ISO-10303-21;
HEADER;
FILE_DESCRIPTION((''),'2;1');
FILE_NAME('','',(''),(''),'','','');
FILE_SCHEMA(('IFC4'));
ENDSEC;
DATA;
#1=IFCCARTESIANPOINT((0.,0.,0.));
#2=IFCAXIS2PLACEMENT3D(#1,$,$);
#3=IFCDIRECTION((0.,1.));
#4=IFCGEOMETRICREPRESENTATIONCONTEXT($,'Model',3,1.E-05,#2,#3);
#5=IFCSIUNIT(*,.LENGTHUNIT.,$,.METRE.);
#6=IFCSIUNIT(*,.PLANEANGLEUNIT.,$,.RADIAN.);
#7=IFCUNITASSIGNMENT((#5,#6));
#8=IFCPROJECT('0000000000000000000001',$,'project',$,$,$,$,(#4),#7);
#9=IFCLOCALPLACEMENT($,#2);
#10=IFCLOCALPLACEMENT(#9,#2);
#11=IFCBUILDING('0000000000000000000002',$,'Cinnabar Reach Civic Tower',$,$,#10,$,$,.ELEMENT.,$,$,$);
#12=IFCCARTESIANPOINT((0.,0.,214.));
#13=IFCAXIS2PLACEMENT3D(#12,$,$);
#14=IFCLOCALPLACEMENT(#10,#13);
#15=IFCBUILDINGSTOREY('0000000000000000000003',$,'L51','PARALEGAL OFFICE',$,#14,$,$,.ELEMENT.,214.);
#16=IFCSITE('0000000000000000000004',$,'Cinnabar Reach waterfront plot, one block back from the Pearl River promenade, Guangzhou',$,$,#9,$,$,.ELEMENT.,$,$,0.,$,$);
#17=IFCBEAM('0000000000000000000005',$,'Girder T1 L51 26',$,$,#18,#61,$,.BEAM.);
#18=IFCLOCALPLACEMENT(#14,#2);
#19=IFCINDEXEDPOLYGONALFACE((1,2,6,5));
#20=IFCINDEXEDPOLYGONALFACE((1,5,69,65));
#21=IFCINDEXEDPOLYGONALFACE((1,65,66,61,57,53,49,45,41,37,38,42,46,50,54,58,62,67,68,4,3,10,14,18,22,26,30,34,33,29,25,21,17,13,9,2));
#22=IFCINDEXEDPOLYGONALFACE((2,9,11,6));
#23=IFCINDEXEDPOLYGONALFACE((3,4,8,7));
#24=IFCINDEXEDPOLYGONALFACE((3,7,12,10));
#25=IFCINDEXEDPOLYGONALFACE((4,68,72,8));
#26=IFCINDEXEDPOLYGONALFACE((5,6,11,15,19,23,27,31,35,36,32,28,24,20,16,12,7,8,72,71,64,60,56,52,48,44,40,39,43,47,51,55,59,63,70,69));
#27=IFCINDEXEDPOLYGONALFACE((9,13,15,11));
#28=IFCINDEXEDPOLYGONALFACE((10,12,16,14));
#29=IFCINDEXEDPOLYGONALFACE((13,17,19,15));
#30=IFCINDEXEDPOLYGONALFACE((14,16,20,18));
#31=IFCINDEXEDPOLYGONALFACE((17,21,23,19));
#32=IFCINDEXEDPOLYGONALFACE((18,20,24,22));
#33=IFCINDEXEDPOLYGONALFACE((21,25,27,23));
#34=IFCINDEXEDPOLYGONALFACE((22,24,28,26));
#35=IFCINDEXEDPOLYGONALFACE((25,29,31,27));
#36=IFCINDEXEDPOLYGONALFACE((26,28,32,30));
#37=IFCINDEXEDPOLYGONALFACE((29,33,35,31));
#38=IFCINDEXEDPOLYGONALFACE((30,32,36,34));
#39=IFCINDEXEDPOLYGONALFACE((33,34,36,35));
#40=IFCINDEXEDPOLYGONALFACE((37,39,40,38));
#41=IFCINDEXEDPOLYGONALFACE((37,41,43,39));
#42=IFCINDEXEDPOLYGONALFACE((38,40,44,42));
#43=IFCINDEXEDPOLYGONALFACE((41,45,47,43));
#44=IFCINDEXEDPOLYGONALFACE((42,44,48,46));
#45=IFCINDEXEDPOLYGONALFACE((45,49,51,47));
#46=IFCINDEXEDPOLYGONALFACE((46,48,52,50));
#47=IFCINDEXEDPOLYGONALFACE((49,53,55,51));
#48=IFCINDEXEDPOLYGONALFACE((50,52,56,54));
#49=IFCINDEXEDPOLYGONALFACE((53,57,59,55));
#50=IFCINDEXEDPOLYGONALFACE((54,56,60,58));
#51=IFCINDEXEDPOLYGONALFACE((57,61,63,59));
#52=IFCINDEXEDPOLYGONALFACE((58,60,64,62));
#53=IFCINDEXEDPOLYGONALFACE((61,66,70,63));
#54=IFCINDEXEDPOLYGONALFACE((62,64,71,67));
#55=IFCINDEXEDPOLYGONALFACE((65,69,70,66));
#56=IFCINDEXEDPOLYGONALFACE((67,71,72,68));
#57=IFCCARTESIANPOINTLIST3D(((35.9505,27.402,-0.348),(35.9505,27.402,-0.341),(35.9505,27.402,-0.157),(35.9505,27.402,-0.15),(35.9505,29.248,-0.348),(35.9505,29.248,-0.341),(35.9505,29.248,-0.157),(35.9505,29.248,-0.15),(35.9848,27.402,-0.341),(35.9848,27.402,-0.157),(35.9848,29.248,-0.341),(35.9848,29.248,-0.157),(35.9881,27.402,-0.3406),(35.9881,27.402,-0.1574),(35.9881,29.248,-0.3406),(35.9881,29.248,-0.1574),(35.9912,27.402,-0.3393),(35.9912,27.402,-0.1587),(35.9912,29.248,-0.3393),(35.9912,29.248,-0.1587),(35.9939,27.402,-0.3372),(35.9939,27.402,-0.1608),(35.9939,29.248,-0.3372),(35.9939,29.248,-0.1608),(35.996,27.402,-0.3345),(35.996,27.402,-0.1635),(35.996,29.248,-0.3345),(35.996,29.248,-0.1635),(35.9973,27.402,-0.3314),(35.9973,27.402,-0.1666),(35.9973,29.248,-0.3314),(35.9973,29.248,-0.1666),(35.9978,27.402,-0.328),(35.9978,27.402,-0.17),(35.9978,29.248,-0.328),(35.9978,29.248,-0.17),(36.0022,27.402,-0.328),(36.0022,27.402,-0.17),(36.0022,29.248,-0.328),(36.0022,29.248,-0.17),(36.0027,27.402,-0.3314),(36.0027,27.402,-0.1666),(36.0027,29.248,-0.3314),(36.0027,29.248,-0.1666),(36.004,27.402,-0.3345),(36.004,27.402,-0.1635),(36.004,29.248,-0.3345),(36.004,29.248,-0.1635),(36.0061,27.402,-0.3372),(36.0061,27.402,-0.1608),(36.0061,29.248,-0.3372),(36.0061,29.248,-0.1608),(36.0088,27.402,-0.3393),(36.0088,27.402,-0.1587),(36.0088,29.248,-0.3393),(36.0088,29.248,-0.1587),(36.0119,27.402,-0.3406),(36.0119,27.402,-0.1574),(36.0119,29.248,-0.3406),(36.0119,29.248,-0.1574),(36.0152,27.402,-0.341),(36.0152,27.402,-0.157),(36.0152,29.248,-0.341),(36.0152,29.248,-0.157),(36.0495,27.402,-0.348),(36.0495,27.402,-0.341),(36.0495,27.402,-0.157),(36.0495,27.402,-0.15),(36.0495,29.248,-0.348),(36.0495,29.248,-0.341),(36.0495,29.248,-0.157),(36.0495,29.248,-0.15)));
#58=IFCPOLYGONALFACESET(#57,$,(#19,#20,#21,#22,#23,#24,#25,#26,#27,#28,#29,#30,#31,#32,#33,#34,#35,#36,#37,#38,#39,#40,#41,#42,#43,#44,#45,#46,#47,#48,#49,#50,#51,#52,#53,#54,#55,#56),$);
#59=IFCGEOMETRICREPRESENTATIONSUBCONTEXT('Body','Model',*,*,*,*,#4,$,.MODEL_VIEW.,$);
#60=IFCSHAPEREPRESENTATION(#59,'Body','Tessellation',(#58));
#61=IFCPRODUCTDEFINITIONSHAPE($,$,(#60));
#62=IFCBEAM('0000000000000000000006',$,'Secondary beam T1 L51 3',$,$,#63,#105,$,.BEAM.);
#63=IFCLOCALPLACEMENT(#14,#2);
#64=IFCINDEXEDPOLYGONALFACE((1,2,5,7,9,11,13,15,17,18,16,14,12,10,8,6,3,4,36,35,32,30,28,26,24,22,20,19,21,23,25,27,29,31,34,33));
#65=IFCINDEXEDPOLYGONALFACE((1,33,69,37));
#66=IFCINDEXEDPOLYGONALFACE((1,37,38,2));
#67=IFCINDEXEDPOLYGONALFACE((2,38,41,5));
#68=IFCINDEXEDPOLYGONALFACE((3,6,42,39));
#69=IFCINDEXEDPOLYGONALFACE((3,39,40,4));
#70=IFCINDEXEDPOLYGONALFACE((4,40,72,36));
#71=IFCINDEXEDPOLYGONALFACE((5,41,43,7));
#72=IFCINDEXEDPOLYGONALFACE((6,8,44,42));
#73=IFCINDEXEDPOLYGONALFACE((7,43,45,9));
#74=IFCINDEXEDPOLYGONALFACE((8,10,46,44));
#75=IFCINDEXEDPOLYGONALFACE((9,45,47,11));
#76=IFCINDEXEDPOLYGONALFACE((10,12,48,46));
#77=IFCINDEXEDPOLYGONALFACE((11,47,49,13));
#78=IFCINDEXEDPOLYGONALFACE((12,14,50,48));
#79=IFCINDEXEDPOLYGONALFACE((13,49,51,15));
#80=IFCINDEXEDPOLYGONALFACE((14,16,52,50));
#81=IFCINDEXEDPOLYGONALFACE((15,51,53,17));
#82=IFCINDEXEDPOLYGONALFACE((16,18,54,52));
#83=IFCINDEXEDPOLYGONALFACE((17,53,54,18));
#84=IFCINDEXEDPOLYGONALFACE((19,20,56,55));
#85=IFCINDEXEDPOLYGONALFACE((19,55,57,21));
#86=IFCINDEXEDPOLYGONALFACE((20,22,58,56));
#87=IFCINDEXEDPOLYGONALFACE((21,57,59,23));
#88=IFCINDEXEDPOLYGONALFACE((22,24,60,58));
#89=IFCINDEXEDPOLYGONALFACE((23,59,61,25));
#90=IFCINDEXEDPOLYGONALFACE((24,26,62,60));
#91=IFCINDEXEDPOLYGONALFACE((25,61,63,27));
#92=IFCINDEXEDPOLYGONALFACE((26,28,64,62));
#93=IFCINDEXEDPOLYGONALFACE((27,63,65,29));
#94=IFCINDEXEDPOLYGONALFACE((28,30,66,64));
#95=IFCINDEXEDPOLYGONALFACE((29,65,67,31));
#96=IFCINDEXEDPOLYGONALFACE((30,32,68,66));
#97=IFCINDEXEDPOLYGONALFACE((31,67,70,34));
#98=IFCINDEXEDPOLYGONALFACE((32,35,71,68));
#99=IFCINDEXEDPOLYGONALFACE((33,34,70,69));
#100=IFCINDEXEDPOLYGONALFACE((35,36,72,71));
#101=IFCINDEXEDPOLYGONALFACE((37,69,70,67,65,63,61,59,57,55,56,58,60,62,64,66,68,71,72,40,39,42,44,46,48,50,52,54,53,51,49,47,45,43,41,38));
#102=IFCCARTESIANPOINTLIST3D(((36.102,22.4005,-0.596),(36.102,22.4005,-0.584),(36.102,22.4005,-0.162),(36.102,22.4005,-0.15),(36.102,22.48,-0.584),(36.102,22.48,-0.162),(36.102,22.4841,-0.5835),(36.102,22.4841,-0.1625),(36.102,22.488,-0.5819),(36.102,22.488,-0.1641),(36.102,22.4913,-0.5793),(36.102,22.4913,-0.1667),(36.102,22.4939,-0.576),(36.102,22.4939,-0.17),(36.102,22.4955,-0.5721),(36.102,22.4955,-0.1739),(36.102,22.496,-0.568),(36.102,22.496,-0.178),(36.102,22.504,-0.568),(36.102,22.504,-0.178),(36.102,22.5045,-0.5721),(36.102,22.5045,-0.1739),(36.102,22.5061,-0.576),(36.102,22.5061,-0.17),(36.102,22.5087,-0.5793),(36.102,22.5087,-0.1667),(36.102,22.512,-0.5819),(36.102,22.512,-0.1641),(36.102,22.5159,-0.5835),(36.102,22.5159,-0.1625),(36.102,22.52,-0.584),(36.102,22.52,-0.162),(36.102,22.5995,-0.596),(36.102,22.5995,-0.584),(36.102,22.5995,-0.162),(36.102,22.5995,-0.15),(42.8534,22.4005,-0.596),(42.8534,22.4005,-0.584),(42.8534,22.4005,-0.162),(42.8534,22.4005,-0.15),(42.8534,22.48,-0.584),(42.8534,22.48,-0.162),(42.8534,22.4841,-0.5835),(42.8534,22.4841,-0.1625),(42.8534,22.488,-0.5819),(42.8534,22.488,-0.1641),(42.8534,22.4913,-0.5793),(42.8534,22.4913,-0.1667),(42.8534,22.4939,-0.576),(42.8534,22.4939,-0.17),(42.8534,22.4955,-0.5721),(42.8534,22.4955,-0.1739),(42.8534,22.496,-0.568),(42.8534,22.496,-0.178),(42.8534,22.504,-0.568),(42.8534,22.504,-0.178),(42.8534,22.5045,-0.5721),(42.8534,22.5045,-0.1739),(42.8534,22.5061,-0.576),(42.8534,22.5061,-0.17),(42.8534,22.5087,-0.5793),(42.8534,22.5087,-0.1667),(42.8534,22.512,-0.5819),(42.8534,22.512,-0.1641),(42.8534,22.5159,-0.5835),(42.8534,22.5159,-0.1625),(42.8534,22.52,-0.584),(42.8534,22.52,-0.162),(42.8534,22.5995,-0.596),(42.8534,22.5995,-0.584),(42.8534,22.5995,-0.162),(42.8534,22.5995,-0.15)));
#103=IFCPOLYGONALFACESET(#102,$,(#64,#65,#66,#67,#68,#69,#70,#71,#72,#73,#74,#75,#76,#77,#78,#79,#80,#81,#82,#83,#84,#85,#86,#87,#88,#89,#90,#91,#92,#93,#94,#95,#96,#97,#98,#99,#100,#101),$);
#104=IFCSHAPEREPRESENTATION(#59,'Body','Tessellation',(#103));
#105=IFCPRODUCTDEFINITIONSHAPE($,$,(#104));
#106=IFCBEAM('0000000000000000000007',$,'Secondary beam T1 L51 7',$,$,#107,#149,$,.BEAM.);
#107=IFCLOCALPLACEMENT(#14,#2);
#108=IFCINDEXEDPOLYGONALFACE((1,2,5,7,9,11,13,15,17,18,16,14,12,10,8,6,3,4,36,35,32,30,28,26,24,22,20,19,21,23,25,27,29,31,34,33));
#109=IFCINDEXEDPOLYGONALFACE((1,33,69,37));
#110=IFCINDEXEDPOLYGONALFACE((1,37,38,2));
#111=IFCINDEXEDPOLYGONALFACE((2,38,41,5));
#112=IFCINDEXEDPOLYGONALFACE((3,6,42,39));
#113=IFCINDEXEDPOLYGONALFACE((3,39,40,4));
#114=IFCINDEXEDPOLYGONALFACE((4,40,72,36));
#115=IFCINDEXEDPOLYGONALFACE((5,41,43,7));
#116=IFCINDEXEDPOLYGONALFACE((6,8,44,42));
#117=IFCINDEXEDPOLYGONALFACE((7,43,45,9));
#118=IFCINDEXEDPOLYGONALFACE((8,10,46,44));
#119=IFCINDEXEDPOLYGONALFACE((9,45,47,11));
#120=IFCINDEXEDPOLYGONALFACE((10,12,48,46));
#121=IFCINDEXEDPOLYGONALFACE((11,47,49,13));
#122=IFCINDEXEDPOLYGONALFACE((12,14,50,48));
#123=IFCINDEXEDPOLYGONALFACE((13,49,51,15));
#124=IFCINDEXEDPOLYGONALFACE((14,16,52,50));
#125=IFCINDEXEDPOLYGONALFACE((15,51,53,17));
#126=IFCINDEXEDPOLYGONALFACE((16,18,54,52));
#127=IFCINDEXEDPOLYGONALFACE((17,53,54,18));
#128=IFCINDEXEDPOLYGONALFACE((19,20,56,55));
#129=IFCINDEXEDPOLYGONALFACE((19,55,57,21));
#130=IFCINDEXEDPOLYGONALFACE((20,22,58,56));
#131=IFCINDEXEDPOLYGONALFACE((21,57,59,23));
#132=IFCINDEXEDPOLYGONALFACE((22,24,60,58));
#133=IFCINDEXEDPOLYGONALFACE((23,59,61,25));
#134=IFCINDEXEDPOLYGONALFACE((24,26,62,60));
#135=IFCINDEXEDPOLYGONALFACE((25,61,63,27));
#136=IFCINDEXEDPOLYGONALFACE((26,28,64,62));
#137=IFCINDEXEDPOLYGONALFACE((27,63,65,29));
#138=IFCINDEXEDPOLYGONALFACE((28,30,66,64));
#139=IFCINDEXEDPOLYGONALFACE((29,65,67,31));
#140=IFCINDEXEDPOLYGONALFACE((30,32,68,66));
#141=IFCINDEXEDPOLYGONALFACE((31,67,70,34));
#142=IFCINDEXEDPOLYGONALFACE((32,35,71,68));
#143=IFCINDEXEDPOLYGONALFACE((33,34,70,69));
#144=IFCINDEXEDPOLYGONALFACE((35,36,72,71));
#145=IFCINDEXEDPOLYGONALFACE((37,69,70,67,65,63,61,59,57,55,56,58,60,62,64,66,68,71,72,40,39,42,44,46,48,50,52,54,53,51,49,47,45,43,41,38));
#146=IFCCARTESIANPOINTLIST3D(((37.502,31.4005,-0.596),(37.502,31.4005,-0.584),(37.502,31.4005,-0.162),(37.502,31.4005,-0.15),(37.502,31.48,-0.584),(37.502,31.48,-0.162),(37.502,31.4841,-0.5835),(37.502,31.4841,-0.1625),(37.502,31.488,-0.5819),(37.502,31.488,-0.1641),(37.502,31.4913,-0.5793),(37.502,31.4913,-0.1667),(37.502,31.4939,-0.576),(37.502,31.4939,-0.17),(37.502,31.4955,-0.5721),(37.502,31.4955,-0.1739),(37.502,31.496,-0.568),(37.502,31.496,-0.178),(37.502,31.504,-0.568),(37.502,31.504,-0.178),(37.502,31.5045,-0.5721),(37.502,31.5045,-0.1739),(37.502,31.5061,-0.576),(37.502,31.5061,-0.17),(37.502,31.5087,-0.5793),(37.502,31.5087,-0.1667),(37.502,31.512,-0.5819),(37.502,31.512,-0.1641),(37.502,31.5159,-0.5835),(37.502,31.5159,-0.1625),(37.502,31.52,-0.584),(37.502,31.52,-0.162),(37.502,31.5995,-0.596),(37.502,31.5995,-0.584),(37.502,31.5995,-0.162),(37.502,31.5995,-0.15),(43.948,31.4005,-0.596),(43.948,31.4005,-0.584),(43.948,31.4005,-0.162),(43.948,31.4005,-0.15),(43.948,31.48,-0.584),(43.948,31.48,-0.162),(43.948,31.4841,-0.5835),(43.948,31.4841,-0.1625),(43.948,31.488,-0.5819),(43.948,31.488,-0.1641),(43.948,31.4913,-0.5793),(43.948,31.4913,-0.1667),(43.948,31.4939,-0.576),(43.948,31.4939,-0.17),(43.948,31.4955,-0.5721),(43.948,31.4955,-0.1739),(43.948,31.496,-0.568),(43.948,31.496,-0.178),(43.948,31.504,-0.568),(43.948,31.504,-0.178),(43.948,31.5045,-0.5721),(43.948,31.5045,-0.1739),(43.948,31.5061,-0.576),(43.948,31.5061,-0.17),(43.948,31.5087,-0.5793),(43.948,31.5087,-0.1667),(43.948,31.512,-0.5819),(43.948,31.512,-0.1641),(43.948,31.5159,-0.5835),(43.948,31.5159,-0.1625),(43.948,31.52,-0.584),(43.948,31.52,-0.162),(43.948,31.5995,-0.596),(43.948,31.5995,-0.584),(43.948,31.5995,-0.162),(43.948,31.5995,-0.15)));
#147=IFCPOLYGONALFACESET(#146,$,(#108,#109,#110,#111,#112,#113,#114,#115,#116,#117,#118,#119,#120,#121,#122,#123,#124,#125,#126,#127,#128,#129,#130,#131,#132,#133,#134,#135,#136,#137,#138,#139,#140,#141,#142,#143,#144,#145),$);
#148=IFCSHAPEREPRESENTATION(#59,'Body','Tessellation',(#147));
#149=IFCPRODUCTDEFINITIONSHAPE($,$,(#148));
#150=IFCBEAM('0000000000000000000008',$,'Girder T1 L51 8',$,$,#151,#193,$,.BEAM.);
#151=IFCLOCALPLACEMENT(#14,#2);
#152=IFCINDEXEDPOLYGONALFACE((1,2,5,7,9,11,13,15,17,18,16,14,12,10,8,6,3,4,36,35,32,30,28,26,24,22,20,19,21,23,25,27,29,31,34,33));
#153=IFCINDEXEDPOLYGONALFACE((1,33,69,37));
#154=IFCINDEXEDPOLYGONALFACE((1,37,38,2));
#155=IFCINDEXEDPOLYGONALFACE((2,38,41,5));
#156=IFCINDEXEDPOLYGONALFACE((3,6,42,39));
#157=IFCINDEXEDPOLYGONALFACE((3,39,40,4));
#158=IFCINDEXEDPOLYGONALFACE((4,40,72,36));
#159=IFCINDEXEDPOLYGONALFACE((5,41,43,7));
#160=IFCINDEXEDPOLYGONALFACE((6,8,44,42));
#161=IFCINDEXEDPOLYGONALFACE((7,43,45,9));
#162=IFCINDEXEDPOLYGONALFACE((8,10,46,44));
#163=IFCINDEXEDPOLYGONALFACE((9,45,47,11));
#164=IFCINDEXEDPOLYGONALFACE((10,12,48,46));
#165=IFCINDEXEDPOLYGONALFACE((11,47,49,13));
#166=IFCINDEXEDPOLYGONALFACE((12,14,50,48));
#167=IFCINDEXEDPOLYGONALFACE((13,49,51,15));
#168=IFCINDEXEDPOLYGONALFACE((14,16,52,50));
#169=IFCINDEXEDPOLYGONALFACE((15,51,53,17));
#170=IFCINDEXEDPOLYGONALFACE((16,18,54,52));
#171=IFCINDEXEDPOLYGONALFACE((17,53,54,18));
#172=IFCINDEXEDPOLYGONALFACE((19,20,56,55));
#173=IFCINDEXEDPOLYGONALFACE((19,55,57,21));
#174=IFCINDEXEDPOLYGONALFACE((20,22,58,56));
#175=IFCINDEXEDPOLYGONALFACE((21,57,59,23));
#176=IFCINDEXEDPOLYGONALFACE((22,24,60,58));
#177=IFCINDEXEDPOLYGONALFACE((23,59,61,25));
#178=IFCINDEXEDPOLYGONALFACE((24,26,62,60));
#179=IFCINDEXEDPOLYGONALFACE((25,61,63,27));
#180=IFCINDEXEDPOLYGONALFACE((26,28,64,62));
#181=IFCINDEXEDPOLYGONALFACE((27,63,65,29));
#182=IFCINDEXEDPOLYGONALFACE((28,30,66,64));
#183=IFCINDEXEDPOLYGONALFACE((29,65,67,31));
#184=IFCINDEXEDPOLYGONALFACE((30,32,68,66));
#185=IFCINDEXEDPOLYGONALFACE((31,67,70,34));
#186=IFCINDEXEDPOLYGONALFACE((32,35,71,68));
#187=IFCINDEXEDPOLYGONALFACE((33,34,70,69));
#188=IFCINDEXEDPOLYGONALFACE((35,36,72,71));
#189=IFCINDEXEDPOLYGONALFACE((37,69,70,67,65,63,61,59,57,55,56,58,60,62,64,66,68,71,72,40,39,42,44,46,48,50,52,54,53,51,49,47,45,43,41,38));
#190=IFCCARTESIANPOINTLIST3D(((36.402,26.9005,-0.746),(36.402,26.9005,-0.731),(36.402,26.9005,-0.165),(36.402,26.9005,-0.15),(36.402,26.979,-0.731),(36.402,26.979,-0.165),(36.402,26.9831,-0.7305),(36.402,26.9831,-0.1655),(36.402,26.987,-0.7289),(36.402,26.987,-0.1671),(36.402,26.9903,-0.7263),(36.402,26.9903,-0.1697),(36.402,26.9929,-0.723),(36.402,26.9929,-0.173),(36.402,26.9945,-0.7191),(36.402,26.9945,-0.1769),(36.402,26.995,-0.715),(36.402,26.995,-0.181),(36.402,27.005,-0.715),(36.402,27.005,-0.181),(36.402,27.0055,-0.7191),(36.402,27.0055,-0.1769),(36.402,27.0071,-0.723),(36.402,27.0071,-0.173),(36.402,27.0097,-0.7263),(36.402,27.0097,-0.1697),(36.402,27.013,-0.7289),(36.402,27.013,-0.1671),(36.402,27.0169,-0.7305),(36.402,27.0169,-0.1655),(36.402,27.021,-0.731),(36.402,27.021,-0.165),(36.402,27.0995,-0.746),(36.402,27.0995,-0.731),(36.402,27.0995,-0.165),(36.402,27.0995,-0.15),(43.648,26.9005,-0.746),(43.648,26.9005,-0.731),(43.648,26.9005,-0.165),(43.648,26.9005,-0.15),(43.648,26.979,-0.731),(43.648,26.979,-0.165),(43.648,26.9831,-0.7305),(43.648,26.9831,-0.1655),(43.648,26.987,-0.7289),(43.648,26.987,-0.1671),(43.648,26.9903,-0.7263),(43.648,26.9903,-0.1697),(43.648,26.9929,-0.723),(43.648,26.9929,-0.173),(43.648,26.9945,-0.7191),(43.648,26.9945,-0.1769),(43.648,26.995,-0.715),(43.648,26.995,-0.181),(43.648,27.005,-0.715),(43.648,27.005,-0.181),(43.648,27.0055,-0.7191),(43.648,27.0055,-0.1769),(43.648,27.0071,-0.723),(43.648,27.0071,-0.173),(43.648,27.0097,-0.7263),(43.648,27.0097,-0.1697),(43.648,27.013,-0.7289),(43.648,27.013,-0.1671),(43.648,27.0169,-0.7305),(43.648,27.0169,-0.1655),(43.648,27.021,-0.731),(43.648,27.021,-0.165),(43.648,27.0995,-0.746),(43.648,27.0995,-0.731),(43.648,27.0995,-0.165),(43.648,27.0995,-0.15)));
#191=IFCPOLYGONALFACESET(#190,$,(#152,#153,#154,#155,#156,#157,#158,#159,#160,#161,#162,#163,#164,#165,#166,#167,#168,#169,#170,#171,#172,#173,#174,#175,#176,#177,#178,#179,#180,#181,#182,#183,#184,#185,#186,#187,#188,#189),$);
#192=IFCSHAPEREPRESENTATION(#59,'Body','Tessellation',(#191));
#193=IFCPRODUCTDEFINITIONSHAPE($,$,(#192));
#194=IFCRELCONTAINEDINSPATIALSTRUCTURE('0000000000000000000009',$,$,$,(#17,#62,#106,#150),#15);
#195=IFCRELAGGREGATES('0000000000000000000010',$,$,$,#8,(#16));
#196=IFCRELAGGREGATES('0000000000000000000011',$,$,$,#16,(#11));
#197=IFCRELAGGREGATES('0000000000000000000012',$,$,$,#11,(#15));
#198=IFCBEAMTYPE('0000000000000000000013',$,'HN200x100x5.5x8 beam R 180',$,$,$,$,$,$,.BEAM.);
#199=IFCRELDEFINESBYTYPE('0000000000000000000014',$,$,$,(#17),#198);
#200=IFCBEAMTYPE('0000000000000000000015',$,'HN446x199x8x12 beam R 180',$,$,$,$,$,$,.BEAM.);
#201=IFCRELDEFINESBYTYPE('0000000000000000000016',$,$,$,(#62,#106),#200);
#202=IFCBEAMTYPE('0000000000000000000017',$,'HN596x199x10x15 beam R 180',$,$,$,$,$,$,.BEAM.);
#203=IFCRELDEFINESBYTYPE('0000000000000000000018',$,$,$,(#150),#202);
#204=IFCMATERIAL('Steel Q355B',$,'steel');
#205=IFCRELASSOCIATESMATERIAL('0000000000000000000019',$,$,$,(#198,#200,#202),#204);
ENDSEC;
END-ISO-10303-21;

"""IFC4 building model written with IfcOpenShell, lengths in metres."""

from ifc_helpers import new_model, si_unit, direction, frame, origin, origin_2d, place, context, subcontext, project, spatial, i_section, extrude, material, material_profile, profile_set, type_object, element, save


model = new_model("IFC4")

# Units and contexts
model_context = context("Model", 3, precision=1e-05, world=origin(), true_north=direction((0.0, 1.0)))
body_context = subcontext(model_context, "Body", "Model", "MODEL_VIEW")
ifc_project = project(units=[si_unit("LENGTHUNIT", "METRE"), si_unit("PLANEANGLEUNIT", "RADIAN")], contexts=[model_context])

# Site, building, storey
site_placement = place(None, origin())
site = spatial("IfcSite", under=ifc_project, at=site_placement, Name="Cinnabar Reach waterfront plot, one block back from the Pearl River promenade, Guangzhou", CompositionType="ELEMENT", RefElevation=0.0)
building_placement = place(site_placement, origin())
building = spatial("IfcBuilding", under=site, at=building_placement, Name="Cinnabar Reach Civic Tower", CompositionType="ELEMENT")
storey_placement = place(building_placement, frame((0.0, 0.0, 214.0)))
storey = spatial("IfcBuildingStorey", under=building, at=storey_placement, Name="L51", Description="PARALEGAL OFFICE", CompositionType="ELEMENT", Elevation=214.0)

# Beams
ifc_material_1 = material(Name="Steel Q355B", Category="steel")
ifc_material_profile_1 = material_profile(ifc_material_1, i_section(OverallWidth=0.099, OverallDepth=0.198, WebThickness=0.0045, FlangeThickness=0.007, FilletRadius=0.013, at=origin_2d()), Name="HN200x100x5.5x8")
ifc_profile_set_1 = profile_set([ifc_material_profile_1], Name="Steel Q355B")
beam_type_1 = type_object("IfcBeamType", Name="HN200x100x5.5x8 beam R 180", PredefinedType="BEAM", material=ifc_profile_set_1)
beam_1_placement = place(storey_placement, frame((36.0, 27.402, -0.249), z_axis=(0.0, 1.0, 0.0), x_axis=(-1.0, 0.0, 0.0)))
element("IfcBeam", 1, at=beam_1_placement, inside=storey, type_object=beam_type_1, Name="Girder T1 L51 26", PredefinedType="BEAM", context=body_context, shape_type="SweptSolid", body=[
    extrude(i_section(OverallWidth=0.099, OverallDepth=0.198, WebThickness=0.0045, FlangeThickness=0.007, FilletRadius=0.013, at=origin_2d()), origin(), (0.0, 0.0, 1.0), 1.846),
])
ifc_material_profile_2 = material_profile(ifc_material_1, i_section(OverallWidth=0.199, OverallDepth=0.446, WebThickness=0.008, FlangeThickness=0.012, FilletRadius=0.016, at=origin_2d()), Name="HN446x199x8x12")
ifc_profile_set_2 = profile_set([ifc_material_profile_2], Name="Steel Q355B")
beam_type_2 = type_object("IfcBeamType", Name="HN446x199x8x12 beam R 180", PredefinedType="BEAM", material=ifc_profile_set_2)
beam_2_placement = place(storey_placement, frame((36.102, 22.5, -0.373), z_axis=(1.0, 0.0, 0.0), x_axis=(0.0, 1.0, 0.0)))
element("IfcBeam", 2, at=beam_2_placement, inside=storey, type_object=beam_type_2, Name="Secondary beam T1 L51 3", PredefinedType="BEAM", context=body_context, shape_type="SweptSolid", body=[
    extrude(i_section(OverallWidth=0.199, OverallDepth=0.446, WebThickness=0.008, FlangeThickness=0.012, FilletRadius=0.016, at=origin_2d()), origin(), (0.0, 0.0, 1.0), 6.7514),
])
beam_3_placement = place(storey_placement, frame((37.502, 31.5, -0.373), z_axis=(1.0, 0.0, 0.0), x_axis=(0.0, 1.0, 0.0)))
element("IfcBeam", 3, at=beam_3_placement, inside=storey, type_object=beam_type_2, Name="Secondary beam T1 L51 7", PredefinedType="BEAM", context=body_context, shape_type="SweptSolid", body=[
    extrude(i_section(OverallWidth=0.199, OverallDepth=0.446, WebThickness=0.008, FlangeThickness=0.012, FilletRadius=0.016, at=origin_2d()), origin(), (0.0, 0.0, 1.0), 6.446),
])
ifc_material_profile_3 = material_profile(ifc_material_1, i_section(OverallWidth=0.199, OverallDepth=0.596, WebThickness=0.01, FlangeThickness=0.015, FilletRadius=0.016, at=origin_2d()), Name="HN596x199x10x15")
ifc_profile_set_3 = profile_set([ifc_material_profile_3], Name="Steel Q355B")
beam_type_3 = type_object("IfcBeamType", Name="HN596x199x10x15 beam R 180", PredefinedType="BEAM", material=ifc_profile_set_3)
beam_4_placement = place(storey_placement, frame((36.402, 27.0, -0.448), z_axis=(1.0, 0.0, 0.0), x_axis=(0.0, 1.0, 0.0)))
element("IfcBeam", 4, at=beam_4_placement, inside=storey, type_object=beam_type_3, Name="Girder T1 L51 8", PredefinedType="BEAM", context=body_context, shape_type="SweptSolid", body=[
    extrude(i_section(OverallWidth=0.199, OverallDepth=0.596, WebThickness=0.01, FlangeThickness=0.015, FilletRadius=0.016, at=origin_2d()), origin(), (0.0, 0.0, 1.0), 7.246),
])

save(model, "model.ifc")
